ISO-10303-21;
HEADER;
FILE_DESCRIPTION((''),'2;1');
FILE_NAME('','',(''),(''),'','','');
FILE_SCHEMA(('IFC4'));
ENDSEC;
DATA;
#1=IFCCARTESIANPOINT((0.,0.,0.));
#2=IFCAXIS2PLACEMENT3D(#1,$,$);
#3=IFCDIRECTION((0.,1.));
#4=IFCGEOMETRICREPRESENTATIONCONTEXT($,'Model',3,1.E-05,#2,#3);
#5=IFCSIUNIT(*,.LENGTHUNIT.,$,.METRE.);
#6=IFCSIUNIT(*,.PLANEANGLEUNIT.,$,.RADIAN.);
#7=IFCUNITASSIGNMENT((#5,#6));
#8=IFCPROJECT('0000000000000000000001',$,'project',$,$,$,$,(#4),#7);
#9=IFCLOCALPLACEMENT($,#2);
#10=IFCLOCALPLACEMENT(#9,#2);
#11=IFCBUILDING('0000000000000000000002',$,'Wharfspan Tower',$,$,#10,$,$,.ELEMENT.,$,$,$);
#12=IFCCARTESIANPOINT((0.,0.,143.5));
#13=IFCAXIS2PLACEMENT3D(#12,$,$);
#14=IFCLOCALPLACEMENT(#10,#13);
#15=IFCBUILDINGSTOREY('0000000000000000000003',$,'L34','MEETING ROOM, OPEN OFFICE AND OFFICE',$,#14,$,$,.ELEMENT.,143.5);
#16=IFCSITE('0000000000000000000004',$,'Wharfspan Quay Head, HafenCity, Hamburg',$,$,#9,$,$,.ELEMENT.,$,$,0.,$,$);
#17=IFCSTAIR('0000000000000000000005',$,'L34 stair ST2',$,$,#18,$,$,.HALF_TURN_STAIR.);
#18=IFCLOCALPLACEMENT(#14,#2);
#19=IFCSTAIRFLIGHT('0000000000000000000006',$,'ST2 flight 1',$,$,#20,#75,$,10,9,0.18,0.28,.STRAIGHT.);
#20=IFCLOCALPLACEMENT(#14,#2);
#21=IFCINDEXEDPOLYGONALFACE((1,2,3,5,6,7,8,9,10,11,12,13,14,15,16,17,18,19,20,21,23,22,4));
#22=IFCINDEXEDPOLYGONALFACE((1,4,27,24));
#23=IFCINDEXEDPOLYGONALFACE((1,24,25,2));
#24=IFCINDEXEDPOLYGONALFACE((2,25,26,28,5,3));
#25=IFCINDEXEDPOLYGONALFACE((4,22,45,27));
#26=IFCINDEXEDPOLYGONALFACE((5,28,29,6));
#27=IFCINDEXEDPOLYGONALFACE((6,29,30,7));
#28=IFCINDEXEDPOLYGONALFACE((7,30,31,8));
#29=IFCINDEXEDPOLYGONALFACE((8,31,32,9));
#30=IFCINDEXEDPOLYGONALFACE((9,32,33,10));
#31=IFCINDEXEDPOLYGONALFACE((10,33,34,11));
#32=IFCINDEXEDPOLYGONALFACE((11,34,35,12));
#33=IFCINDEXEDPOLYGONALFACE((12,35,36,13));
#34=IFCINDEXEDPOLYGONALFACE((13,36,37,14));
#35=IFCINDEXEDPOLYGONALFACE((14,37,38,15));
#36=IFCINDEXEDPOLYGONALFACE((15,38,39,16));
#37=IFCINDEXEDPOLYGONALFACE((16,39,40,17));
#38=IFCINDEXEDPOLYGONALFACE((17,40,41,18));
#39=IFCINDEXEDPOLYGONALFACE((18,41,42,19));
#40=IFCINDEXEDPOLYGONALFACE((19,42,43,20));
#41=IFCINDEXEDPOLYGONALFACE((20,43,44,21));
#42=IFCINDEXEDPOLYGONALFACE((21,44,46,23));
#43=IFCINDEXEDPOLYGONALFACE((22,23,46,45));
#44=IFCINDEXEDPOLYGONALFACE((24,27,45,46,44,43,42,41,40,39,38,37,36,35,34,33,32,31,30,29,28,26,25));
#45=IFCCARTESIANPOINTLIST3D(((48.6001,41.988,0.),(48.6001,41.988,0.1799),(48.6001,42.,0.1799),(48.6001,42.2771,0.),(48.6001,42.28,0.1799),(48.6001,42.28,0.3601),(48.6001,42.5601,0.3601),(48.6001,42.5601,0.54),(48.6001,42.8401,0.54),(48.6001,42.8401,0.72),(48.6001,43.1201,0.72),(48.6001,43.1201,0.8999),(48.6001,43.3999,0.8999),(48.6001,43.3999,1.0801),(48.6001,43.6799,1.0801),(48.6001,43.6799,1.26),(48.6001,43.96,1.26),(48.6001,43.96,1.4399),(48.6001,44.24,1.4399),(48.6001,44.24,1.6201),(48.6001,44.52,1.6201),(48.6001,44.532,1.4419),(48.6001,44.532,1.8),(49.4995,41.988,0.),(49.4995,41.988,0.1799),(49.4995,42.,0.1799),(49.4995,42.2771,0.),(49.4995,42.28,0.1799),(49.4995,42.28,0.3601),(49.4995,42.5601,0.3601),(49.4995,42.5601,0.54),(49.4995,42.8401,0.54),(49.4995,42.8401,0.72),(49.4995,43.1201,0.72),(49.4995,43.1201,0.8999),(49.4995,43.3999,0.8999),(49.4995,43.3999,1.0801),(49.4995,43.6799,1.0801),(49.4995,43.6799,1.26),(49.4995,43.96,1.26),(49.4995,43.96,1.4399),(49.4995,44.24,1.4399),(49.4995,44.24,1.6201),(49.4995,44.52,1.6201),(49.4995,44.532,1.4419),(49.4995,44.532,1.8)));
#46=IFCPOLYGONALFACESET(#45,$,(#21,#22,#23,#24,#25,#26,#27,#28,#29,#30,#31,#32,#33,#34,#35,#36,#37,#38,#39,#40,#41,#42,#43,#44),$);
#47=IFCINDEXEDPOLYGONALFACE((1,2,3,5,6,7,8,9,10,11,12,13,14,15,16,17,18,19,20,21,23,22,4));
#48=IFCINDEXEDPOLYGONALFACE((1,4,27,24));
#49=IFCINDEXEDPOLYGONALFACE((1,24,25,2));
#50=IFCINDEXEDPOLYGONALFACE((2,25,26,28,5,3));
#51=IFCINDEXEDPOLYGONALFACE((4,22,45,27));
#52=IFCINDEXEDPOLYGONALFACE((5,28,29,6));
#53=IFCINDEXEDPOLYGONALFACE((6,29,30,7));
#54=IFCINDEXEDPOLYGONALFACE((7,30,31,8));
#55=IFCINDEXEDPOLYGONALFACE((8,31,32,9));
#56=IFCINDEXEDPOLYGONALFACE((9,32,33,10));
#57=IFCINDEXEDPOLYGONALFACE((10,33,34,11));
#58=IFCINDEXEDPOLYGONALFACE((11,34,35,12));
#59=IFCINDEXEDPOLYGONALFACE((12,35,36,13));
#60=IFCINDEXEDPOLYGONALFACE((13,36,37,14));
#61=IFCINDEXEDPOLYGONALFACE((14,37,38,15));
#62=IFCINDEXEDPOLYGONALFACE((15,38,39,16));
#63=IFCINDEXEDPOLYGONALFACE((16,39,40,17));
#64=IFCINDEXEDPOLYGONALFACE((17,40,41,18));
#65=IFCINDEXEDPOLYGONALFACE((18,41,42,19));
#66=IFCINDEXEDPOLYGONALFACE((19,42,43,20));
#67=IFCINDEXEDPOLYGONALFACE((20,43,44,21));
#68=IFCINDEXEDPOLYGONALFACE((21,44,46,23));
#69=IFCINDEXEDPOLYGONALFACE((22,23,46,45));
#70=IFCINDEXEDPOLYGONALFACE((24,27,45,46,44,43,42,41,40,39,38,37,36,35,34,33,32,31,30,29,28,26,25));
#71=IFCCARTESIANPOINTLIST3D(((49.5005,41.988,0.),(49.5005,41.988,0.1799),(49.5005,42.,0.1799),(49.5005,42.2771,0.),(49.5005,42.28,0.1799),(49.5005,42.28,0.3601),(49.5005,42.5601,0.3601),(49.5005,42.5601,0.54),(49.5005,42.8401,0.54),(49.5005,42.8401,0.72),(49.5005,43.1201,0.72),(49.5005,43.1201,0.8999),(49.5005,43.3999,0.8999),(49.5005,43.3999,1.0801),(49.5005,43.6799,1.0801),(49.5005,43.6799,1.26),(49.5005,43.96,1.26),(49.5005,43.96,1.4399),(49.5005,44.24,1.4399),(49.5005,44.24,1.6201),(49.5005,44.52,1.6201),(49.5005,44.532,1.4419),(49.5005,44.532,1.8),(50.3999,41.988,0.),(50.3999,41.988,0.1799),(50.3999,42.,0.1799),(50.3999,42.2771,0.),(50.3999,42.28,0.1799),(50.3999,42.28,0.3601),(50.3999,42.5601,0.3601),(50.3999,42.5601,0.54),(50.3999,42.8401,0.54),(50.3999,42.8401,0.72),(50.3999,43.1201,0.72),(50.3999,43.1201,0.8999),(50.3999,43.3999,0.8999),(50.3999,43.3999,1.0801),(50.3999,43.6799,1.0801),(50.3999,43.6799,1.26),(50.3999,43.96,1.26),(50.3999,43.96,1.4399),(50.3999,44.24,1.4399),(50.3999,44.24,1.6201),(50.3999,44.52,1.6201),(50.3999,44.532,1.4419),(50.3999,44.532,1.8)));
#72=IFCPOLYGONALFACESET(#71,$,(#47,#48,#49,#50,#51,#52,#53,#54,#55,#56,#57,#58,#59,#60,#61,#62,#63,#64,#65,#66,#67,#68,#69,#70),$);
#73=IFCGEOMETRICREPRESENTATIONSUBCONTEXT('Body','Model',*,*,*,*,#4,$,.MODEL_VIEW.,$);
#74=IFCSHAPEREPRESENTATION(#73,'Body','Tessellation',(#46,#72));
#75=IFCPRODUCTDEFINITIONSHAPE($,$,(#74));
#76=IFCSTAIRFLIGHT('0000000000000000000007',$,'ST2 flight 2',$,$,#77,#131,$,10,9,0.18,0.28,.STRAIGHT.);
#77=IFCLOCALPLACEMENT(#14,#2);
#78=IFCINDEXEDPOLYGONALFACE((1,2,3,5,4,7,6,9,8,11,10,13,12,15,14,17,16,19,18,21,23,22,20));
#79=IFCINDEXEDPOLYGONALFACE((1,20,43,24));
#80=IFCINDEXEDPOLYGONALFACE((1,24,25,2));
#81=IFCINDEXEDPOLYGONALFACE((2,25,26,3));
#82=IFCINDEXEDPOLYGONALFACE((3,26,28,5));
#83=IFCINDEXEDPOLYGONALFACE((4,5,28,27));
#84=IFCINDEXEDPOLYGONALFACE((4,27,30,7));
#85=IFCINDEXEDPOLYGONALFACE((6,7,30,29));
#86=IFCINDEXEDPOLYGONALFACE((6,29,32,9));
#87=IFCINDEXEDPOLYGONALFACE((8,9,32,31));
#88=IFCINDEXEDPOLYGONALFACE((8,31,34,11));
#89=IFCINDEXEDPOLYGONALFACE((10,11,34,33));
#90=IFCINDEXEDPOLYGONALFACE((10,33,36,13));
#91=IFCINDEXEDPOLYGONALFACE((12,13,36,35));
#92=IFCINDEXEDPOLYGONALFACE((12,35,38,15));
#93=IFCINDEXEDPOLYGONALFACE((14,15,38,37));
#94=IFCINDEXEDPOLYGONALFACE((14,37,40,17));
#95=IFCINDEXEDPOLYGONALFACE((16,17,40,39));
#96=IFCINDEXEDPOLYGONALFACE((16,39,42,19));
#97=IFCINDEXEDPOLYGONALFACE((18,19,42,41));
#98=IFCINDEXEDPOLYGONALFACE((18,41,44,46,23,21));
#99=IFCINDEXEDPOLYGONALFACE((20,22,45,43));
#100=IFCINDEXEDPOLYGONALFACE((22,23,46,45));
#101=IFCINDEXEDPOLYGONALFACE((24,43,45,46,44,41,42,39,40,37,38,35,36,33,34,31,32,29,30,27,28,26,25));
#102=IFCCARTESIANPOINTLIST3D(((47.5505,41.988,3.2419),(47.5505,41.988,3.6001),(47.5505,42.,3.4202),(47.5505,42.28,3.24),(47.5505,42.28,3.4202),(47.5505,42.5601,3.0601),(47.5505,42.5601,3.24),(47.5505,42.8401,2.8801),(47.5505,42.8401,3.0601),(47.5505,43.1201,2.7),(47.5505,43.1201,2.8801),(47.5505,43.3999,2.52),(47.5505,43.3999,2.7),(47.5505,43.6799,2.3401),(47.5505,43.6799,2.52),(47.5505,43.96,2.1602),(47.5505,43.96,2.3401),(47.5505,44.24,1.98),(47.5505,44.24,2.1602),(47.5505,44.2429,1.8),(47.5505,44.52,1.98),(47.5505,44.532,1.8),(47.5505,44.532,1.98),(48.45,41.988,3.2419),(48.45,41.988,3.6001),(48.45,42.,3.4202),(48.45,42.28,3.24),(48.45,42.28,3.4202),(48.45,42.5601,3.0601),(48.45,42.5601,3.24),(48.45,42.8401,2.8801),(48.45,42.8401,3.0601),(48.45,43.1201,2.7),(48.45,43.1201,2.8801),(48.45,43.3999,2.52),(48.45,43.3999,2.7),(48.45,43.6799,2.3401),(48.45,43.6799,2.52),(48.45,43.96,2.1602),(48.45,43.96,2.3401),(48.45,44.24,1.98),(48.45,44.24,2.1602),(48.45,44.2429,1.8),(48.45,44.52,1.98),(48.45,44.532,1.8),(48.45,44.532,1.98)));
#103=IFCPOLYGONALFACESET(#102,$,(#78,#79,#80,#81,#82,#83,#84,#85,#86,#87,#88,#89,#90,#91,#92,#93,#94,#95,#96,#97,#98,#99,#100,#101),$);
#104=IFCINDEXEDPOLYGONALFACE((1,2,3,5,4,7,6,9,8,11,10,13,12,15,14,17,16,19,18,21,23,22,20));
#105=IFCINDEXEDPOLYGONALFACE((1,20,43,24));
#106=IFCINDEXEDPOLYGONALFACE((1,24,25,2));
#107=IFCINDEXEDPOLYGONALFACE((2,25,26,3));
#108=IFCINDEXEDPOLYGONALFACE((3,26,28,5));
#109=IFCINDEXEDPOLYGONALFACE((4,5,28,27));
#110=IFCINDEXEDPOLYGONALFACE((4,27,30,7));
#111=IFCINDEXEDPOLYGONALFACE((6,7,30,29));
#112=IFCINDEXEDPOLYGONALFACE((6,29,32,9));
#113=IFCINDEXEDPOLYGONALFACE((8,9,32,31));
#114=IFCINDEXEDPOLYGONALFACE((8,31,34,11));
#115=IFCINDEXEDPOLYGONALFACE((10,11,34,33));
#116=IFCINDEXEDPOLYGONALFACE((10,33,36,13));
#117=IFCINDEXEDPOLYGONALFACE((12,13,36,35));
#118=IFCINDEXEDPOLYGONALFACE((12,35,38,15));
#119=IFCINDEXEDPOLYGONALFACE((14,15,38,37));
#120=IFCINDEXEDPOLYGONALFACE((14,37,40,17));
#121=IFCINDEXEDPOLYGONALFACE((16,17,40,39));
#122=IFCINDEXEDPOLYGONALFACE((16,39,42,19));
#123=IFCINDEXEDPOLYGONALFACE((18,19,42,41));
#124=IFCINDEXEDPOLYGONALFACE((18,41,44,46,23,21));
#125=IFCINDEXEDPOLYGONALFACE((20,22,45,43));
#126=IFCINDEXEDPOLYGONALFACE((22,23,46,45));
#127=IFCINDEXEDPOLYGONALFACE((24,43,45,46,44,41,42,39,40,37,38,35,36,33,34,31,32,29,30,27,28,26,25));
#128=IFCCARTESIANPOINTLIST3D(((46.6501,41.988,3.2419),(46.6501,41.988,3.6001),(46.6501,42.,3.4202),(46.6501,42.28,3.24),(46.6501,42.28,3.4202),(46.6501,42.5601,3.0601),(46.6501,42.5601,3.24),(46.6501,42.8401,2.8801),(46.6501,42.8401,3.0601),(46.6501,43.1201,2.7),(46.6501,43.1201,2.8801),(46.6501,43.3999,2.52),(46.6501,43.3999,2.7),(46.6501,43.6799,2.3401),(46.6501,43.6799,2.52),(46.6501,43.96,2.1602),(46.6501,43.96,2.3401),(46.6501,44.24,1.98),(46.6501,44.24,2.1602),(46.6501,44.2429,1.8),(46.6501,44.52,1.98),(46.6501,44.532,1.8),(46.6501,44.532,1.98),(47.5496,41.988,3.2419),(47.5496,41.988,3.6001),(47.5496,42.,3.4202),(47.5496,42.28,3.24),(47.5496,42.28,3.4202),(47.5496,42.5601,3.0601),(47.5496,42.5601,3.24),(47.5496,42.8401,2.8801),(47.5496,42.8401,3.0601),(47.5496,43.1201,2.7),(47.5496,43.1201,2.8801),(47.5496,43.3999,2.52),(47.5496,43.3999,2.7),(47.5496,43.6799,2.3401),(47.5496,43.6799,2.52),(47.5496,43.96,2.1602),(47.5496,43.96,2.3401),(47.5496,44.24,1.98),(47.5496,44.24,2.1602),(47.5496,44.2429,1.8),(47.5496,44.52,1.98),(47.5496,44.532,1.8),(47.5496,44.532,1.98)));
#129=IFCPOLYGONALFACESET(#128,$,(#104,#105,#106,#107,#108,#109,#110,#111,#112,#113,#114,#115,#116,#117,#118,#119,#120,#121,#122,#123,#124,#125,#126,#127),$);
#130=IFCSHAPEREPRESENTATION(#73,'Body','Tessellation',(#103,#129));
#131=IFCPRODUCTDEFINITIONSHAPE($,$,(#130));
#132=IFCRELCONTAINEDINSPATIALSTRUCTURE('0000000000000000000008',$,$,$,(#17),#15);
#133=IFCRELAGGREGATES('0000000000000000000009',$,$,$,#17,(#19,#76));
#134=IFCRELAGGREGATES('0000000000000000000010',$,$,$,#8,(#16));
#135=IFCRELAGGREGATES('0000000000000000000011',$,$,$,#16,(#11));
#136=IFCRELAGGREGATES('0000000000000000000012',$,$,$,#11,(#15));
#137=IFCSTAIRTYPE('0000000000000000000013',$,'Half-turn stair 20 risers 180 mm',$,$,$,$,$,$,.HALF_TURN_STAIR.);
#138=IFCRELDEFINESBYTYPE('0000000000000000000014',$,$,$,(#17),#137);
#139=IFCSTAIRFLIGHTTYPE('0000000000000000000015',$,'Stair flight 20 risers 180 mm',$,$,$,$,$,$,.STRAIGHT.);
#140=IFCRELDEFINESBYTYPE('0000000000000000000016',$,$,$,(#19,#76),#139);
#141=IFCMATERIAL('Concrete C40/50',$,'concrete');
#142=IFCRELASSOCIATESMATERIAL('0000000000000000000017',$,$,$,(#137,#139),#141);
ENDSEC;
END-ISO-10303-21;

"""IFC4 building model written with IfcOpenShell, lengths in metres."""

from ifc_helpers import new_model, si_unit, direction, frame, origin, place, context, subcontext, project, spatial, polyline, outline, extrude, material, type_object, element, aggregate, save


model = new_model("IFC4")

# Units and contexts
model_context = context("Model", 3, precision=1e-05, world=origin(), true_north=direction((0.0, 1.0)))
body_context = subcontext(model_context, "Body", "Model", "MODEL_VIEW")
ifc_project = project(units=[si_unit("LENGTHUNIT", "METRE"), si_unit("PLANEANGLEUNIT", "RADIAN")], contexts=[model_context])

# Site, building, storey
site_placement = place(None, origin())
site = spatial("IfcSite", under=ifc_project, at=site_placement, Name="Wharfspan Quay Head, HafenCity, Hamburg", CompositionType="ELEMENT", RefElevation=0.0)
building_placement = place(site_placement, origin())
building = spatial("IfcBuilding", under=site, at=building_placement, Name="Wharfspan Tower", CompositionType="ELEMENT")
storey_placement = place(building_placement, frame((0.0, 0.0, 143.5)))
storey = spatial("IfcBuildingStorey", under=building, at=storey_placement, Name="L34", Description="MEETING ROOM, OPEN OFFICE AND OFFICE", CompositionType="ELEMENT", Elevation=143.5)

# Shared definitions
ifc_material_1 = material(Name="Concrete C40/50", Category="concrete")

# Stair, stair flights
stair_type = type_object("IfcStairType", Name="Half-turn stair 20 risers 180 mm", PredefinedType="HALF_TURN_STAIR", material=ifc_material_1)
stair_placement = place(storey_placement, origin())
stair = element("IfcStair", 1, at=stair_placement, inside=storey, type_object=stair_type, Name="L34 stair ST2", PredefinedType="HALF_TURN_STAIR")
stair_flight_type = type_object("IfcStairFlightType", Name="Stair flight 20 risers 180 mm", PredefinedType="STRAIGHT", material=ifc_material_1)
stair_flight_1_placement = place(storey_placement, frame((49.5, 42.0, 0.0), z_axis=(0.0, 0.0, 1.0), x_axis=(0.0, 1.0, 0.0)))
stair_flight_1 = element("IfcStairFlight", 2, at=stair_flight_1_placement, type_object=stair_flight_type, Name="ST2 flight 1", NumberOfRisers=10, NumberOfTreads=9, PredefinedType="STRAIGHT", RiserHeight=0.18, TreadLength=0.28, context=body_context, shape_type="SweptSolid", body=[
    extrude(outline(polyline([(-0.012, 0.0), (-0.012, 0.1799), (0.0, 0.1799), (0.28, 0.1799), (0.28, 0.3601), (0.5601, 0.3601), (0.5601, 0.54), (0.8401, 0.54), (0.8401, 0.72), (1.1201, 0.72), (1.1201, 0.8999), (1.3999, 0.8999), (1.3999, 1.0801), (1.6799, 1.0801), (1.6799, 1.26), (1.96, 1.26), (1.96, 1.4399), (2.24, 1.4399), (2.24, 1.6201), (2.52, 1.6201), (2.532, 1.8), (2.532, 1.4419), (0.2771, 0.0), (-0.012, 0.0)])), frame((0.0, 0.8999, 0.0), z_axis=(0.0, -1.0, 0.0), x_axis=(1.0, 0.0, 0.0)), (0.0, 0.0, 1.0), 0.8994),
    extrude(outline(polyline([(-0.012, 0.0), (-0.012, 0.1799), (0.0, 0.1799), (0.28, 0.1799), (0.28, 0.3601), (0.5601, 0.3601), (0.5601, 0.54), (0.8401, 0.54), (0.8401, 0.72), (1.1201, 0.72), (1.1201, 0.8999), (1.3999, 0.8999), (1.3999, 1.0801), (1.6799, 1.0801), (1.6799, 1.26), (1.96, 1.26), (1.96, 1.4399), (2.24, 1.4399), (2.24, 1.6201), (2.52, 1.6201), (2.532, 1.8), (2.532, 1.4419), (0.2771, 0.0), (-0.012, 0.0)])), frame((0.0, -0.0005, 0.0), z_axis=(0.0, -1.0, 0.0), x_axis=(1.0, 0.0, 0.0)), (0.0, 0.0, 1.0), 0.8994),
])
stair_flight_2_placement = place(storey_placement, frame((47.55, 44.52, 1.8), z_axis=(0.0, 0.0, 1.0), x_axis=(0.0, -1.0, 0.0)))
stair_flight_2 = element("IfcStairFlight", 3, at=stair_flight_2_placement, type_object=stair_flight_type, Name="ST2 flight 2", NumberOfRisers=10, NumberOfTreads=9, PredefinedType="STRAIGHT", RiserHeight=0.18, TreadLength=0.28, context=body_context, shape_type="SweptSolid", body=[
    extrude(outline(polyline([(-0.012, 0.0), (-0.012, 0.1799), (0.0, 0.1799), (0.28, 0.1799), (0.28, 0.3601), (0.5601, 0.3601), (0.5601, 0.54), (0.8401, 0.54), (0.8401, 0.72), (1.1201, 0.72), (1.1201, 0.8999), (1.3999, 0.8999), (1.3999, 1.0801), (1.6799, 1.0801), (1.6799, 1.26), (1.96, 1.26), (1.96, 1.4399), (2.24, 1.4399), (2.24, 1.6201), (2.52, 1.6201), (2.532, 1.8), (2.532, 1.4419), (0.2771, 0.0), (-0.012, 0.0)])), frame((0.0, 0.8999, 0.0), z_axis=(0.0, -1.0, 0.0), x_axis=(1.0, 0.0, 0.0)), (0.0, 0.0, 1.0), 0.8994),
    extrude(outline(polyline([(-0.012, 0.0), (-0.012, 0.1799), (0.0, 0.1799), (0.28, 0.1799), (0.28, 0.3601), (0.5601, 0.3601), (0.5601, 0.54), (0.8401, 0.54), (0.8401, 0.72), (1.1201, 0.72), (1.1201, 0.8999), (1.3999, 0.8999), (1.3999, 1.0801), (1.6799, 1.0801), (1.6799, 1.26), (1.96, 1.26), (1.96, 1.4399), (2.24, 1.4399), (2.24, 1.6201), (2.52, 1.6201), (2.532, 1.8), (2.532, 1.4419), (0.2771, 0.0), (-0.012, 0.0)])), frame((0.0, -0.0005, 0.0), z_axis=(0.0, -1.0, 0.0), x_axis=(1.0, 0.0, 0.0)), (0.0, 0.0, 1.0), 0.8994),
])
aggregate(stair, [stair_flight_1, stair_flight_2])

save(model, "model.ifc")
